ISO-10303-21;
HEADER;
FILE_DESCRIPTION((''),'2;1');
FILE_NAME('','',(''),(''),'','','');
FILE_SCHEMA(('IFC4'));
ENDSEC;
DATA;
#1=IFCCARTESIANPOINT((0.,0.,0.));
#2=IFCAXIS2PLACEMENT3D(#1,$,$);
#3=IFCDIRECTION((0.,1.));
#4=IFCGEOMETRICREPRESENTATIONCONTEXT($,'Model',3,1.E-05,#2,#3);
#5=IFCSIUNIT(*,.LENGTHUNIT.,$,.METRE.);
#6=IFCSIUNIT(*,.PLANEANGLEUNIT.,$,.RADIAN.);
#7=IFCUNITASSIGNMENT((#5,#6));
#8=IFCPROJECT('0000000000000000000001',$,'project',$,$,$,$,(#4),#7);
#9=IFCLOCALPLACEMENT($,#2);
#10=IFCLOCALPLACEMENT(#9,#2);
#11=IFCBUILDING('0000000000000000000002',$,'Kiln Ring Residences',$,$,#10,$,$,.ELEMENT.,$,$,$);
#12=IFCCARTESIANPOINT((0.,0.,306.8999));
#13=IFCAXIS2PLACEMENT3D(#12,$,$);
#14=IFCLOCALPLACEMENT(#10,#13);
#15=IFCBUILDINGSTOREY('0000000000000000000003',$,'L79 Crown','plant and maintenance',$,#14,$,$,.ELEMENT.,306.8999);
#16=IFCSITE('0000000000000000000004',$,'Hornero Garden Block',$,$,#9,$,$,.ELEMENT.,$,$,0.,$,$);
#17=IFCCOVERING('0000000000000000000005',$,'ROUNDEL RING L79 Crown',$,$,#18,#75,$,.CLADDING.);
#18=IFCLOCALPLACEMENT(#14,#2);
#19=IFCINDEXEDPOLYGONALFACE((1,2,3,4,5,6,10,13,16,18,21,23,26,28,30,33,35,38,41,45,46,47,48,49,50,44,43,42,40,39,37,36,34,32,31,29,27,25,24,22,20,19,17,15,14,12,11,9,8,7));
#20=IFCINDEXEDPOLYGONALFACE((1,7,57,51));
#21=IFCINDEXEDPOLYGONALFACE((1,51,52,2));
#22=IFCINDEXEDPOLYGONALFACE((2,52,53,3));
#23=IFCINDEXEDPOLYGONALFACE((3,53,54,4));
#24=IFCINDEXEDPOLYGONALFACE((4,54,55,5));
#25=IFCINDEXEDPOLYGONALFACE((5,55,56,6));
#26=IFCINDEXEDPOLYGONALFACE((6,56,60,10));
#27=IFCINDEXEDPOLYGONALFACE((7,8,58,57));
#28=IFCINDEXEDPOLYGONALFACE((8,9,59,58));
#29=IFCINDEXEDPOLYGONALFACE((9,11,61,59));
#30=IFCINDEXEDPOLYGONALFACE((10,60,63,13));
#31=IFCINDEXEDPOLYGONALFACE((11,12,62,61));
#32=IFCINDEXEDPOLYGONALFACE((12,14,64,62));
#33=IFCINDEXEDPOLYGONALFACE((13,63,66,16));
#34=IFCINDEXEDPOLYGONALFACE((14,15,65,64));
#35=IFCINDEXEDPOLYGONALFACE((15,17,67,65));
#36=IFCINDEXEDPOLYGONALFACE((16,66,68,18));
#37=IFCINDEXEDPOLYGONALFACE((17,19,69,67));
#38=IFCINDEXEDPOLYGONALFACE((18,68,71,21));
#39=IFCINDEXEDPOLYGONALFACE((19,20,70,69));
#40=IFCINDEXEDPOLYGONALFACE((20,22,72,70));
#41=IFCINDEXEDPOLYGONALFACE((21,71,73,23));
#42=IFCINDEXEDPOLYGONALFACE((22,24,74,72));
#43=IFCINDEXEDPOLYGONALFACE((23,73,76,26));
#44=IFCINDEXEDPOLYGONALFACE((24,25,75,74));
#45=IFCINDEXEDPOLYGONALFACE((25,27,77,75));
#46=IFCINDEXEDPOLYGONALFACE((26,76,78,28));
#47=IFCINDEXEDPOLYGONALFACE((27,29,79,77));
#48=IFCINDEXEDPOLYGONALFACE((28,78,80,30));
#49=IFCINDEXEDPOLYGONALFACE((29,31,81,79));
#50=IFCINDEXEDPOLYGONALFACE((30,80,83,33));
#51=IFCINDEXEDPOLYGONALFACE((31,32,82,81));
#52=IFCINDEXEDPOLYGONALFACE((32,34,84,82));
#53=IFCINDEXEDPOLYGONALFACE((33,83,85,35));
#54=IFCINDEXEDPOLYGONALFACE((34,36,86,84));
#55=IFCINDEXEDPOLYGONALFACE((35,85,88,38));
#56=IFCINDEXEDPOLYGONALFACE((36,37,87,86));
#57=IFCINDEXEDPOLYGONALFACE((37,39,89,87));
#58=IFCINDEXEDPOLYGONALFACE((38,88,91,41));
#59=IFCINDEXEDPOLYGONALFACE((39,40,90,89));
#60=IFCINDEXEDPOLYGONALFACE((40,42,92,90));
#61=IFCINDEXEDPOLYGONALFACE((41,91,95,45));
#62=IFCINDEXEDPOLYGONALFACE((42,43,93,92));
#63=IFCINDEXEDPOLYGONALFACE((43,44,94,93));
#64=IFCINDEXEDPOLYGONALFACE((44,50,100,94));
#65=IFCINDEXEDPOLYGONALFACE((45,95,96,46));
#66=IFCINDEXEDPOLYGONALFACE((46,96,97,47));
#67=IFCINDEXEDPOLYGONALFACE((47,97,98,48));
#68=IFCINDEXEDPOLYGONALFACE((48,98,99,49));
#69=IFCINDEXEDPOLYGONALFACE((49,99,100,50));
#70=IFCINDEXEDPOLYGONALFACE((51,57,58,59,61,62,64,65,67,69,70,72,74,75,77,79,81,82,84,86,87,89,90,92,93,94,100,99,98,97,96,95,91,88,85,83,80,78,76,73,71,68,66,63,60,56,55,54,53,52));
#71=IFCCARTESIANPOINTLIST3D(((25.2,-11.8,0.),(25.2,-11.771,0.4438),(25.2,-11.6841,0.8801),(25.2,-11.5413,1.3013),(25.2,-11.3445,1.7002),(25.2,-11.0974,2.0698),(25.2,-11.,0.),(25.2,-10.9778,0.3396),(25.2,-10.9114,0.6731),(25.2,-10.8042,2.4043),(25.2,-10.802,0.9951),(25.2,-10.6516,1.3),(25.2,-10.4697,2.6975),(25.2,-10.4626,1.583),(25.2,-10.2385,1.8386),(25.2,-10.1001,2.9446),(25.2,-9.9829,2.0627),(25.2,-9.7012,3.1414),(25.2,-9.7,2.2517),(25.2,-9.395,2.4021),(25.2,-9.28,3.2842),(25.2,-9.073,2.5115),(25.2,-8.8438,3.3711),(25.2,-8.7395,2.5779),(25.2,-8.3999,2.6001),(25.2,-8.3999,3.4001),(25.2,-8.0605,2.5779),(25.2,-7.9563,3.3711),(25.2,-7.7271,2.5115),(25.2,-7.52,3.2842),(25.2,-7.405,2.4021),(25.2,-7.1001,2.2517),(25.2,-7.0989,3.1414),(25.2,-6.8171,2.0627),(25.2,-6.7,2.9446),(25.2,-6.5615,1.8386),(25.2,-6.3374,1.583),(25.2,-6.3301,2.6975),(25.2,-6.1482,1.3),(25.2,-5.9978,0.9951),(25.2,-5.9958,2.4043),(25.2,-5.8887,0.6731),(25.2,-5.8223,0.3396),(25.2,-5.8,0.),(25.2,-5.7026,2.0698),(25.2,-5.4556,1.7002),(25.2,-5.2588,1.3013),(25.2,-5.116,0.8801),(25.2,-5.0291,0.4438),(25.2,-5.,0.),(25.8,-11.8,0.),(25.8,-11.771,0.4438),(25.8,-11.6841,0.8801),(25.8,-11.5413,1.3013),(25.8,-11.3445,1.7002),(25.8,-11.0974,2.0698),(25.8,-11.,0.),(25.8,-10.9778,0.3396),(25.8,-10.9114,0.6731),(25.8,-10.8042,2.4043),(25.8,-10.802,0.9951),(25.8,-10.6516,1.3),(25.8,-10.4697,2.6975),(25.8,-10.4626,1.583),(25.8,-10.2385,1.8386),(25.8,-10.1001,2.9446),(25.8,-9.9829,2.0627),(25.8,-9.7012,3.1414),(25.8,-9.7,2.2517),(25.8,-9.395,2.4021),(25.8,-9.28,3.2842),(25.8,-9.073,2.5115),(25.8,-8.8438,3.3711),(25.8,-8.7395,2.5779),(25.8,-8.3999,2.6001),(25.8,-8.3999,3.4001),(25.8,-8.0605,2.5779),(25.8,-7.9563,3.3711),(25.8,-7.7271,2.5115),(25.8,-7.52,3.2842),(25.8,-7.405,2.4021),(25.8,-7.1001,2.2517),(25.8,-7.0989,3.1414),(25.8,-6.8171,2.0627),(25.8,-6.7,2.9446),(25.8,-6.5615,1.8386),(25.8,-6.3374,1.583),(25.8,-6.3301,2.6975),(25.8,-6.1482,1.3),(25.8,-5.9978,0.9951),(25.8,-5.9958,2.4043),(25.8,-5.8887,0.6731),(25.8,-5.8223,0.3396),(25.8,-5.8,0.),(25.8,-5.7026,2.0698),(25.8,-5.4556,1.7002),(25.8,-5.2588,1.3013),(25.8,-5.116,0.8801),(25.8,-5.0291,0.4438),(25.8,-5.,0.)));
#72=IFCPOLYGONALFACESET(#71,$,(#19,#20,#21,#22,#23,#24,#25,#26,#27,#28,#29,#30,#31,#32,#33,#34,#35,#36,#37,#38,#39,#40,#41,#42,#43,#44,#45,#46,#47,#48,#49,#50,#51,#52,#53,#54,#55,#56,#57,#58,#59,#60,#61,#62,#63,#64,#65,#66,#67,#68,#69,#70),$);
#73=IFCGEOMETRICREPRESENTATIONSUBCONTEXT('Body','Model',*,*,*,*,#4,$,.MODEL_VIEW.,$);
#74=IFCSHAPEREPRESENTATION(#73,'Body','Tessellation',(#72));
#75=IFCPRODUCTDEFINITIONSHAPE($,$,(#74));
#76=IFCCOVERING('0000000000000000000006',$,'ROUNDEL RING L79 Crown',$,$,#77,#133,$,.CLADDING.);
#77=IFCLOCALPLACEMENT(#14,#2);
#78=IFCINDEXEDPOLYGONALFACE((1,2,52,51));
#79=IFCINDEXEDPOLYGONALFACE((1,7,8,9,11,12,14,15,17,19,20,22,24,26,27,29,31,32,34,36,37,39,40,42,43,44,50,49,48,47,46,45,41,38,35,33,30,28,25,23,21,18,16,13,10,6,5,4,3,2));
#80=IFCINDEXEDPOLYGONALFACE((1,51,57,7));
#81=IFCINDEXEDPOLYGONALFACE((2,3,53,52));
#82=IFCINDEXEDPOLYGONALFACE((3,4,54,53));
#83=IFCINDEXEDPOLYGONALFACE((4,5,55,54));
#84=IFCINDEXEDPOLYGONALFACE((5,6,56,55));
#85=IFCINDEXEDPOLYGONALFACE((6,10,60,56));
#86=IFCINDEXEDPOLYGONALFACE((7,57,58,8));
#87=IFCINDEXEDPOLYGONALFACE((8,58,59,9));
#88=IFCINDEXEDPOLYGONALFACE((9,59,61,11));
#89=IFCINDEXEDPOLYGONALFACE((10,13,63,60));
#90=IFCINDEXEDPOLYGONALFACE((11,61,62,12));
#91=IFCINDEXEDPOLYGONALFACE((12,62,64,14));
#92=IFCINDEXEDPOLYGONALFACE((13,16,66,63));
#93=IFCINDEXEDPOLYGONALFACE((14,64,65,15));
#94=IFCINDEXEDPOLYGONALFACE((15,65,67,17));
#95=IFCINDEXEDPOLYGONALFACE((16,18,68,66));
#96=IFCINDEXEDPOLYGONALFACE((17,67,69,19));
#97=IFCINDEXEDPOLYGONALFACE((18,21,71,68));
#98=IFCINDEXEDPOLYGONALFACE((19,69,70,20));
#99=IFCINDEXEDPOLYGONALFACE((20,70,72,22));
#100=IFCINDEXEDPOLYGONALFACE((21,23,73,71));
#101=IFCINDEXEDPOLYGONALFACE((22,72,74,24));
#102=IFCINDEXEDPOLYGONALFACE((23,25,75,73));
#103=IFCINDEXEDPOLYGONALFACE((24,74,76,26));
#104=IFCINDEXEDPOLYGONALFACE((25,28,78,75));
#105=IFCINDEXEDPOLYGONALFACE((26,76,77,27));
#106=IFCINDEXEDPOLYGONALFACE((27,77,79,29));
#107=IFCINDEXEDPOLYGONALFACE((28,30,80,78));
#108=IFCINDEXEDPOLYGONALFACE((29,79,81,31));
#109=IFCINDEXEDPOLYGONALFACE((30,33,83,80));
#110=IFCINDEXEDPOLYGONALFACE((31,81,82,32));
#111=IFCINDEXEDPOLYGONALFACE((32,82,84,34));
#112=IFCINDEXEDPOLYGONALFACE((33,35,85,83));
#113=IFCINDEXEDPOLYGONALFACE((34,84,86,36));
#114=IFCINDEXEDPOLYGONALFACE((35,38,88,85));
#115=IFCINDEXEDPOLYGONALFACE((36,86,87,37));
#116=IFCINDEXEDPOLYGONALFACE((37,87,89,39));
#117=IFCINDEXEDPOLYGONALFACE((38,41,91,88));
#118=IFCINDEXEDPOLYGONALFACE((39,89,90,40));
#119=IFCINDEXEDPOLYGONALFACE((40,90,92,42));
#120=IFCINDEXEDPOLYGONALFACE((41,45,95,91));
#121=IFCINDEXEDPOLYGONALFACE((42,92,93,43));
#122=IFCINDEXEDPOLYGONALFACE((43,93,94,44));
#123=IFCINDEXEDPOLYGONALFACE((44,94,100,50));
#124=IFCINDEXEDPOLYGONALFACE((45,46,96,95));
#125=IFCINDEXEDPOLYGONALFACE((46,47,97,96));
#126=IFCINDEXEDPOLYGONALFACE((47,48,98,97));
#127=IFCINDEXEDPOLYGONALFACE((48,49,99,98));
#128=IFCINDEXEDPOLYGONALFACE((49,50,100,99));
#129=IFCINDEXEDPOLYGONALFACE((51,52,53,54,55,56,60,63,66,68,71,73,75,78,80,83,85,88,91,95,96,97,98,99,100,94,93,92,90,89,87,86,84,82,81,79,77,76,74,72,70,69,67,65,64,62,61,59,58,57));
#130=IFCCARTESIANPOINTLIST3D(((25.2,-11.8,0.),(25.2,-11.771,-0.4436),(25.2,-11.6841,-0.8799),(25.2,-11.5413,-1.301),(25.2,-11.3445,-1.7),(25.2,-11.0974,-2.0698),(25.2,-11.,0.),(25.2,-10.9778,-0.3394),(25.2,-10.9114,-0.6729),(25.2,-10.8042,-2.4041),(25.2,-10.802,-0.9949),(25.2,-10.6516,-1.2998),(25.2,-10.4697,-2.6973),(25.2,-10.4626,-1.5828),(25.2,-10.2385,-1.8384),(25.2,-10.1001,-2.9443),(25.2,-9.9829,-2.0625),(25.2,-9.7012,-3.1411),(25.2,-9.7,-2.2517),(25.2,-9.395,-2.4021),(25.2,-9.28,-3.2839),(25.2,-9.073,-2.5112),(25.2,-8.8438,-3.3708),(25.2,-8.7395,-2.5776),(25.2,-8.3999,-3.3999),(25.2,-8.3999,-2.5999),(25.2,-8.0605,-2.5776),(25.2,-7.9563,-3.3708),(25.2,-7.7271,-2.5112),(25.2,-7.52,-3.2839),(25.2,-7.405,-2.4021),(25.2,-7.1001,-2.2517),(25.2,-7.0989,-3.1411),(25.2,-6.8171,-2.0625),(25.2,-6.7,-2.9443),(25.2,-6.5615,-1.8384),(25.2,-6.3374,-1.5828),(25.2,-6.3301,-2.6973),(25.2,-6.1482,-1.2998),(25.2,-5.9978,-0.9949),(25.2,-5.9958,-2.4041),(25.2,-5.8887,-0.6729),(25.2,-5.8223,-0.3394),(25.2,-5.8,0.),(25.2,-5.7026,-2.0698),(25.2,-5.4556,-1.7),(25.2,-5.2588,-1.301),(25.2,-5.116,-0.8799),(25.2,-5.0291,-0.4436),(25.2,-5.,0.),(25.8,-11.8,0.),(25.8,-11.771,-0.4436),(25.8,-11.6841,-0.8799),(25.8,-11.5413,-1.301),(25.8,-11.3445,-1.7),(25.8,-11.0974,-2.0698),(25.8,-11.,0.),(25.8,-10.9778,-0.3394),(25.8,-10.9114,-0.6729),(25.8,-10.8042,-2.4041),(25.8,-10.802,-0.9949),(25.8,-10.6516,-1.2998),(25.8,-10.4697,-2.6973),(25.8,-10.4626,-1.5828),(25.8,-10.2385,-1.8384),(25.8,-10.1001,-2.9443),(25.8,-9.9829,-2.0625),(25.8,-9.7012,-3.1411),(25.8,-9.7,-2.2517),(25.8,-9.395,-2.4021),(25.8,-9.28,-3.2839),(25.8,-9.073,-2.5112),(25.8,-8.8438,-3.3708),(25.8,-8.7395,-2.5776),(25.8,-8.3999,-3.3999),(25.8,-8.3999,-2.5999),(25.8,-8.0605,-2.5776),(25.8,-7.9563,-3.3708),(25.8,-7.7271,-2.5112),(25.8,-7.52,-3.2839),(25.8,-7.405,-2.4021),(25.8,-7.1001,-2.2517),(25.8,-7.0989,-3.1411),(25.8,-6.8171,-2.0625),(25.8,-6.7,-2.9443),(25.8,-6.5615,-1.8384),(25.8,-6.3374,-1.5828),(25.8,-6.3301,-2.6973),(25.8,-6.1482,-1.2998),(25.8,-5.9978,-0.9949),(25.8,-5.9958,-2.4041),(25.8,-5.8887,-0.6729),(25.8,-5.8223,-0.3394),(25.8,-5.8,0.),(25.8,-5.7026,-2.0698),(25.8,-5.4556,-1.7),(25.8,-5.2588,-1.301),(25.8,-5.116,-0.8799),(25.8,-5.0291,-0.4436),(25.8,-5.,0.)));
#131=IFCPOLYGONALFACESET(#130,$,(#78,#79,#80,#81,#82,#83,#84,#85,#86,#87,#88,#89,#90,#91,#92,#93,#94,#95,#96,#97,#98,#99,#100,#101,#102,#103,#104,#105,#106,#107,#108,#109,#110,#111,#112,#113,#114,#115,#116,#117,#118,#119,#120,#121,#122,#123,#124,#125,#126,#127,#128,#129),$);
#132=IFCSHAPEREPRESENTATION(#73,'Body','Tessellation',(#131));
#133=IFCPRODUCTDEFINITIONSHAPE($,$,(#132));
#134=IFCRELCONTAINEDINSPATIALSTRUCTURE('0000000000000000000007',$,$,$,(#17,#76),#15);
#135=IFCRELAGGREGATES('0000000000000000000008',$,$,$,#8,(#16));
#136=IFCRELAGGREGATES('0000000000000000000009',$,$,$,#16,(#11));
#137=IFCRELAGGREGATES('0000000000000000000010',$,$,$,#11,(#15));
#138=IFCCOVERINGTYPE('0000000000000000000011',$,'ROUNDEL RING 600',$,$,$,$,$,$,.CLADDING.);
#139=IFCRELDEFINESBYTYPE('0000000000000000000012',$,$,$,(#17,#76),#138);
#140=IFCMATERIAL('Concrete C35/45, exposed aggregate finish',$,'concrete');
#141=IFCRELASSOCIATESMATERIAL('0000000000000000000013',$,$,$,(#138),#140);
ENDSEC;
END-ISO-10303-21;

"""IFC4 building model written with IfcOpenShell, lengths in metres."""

from ifc_helpers import new_model, si_unit, direction, frame, origin, place, context, subcontext, project, spatial, polyline, outline, extrude, material, type_object, element, save


model = new_model("IFC4")

# Units and contexts
model_context = context("Model", 3, precision=1e-05, world=origin(), true_north=direction((0.0, 1.0)))
body_context = subcontext(model_context, "Body", "Model", "MODEL_VIEW")
ifc_project = project(units=[si_unit("LENGTHUNIT", "METRE"), si_unit("PLANEANGLEUNIT", "RADIAN")], contexts=[model_context])

# Site, building, storey
site_placement = place(None, origin())
site = spatial("IfcSite", under=ifc_project, at=site_placement, Name="Hornero Garden Block", CompositionType="ELEMENT", RefElevation=0.0)
building_placement = place(site_placement, origin())
building = spatial("IfcBuilding", under=site, at=building_placement, Name="Kiln Ring Residences", CompositionType="ELEMENT")
storey_placement = place(building_placement, frame((0.0, 0.0, 306.8999)))
storey = spatial("IfcBuildingStorey", under=building, at=storey_placement, Name="L79 Crown", Description="plant and maintenance", CompositionType="ELEMENT", Elevation=306.8999)

# Coverings
ifc_material_1 = material(Name="Concrete C35/45, exposed aggregate finish", Category="concrete")
covering_type_1 = type_object("IfcCoveringType", Name="ROUNDEL RING 600", PredefinedType="CLADDING", material=ifc_material_1)
covering_1_placement = place(storey_placement, frame((25.5, -5.0, 0.0), z_axis=(0.0, 0.0, 1.0), x_axis=(0.0, -1.0, 0.0)))
element("IfcCovering", 1, at=covering_1_placement, inside=storey, type_object=covering_type_1, Name="ROUNDEL RING L79 Crown", PredefinedType="CLADDING", context=body_context, shape_type="SweptSolid", body=[
    extrude(outline(polyline([(0.0, 0.0), (0.0291, 0.4438), (0.116, 0.8801), (0.2588, 1.3013), (0.4556, 1.7002), (0.7026, 2.0698), (0.9958, 2.4043), (1.3301, 2.6975), (1.7, 2.9446), (2.0989, 3.1414), (2.52, 3.2842), (2.9563, 3.3711), (3.3999, 3.4001), (3.8438, 3.3711), (4.28, 3.2842), (4.7012, 3.1414), (5.1001, 2.9446), (5.4697, 2.6975), (5.8042, 2.4043), (6.0974, 2.0698), (6.3445, 1.7002), (6.5413, 1.3013), (6.6841, 0.8801), (6.771, 0.4438), (6.8, 0.0), (6.0, 0.0), (5.9778, 0.3396), (5.9114, 0.6731), (5.802, 0.9951), (5.6516, 1.3), (5.4626, 1.583), (5.2385, 1.8386), (4.9829, 2.0627), (4.7, 2.2517), (4.395, 2.4021), (4.073, 2.5115), (3.7395, 2.5779), (3.3999, 2.6001), (3.0605, 2.5779), (2.7271, 2.5115), (2.405, 2.4021), (2.1001, 2.2517), (1.8171, 2.0627), (1.5615, 1.8386), (1.3374, 1.583), (1.1482, 1.3), (0.9978, 0.9951), (0.8887, 0.6731), (0.8223, 0.3396), (0.8, 0.0), (0.0, 0.0)])), frame((0.0, 0.3, 0.0), z_axis=(0.0, -1.0, 0.0), x_axis=(1.0, 0.0, 0.0)), (0.0, 0.0, 1.0), 0.6001),
])
covering_2_placement = place(storey_placement, frame((25.5, -5.0, -3.3999), z_axis=(0.0, 0.0, 1.0), x_axis=(0.0, -1.0, 0.0)))
element("IfcCovering", 2, at=covering_2_placement, inside=storey, type_object=covering_type_1, Name="ROUNDEL RING L79 Crown", PredefinedType="CLADDING", context=body_context, shape_type="SweptSolid", body=[
    extrude(outline(polyline([(6.8, 3.3999), (6.771, 2.9563), (6.6841, 2.52), (6.5413, 2.0989), (6.3445, 1.7), (6.0974, 1.3301), (5.8042, 0.9958), (5.4697, 0.7026), (5.1001, 0.4556), (4.7012, 0.2588), (4.28, 0.116), (3.8438, 0.0291), (3.3999, 0.0), (2.9563, 0.0291), (2.52, 0.116), (2.0989, 0.2588), (1.7, 0.4556), (1.3301, 0.7026), (0.9958, 0.9958), (0.7026, 1.3301), (0.4556, 1.7), (0.2588, 2.0989), (0.116, 2.52), (0.0291, 2.9563), (0.0, 3.3999), (0.8, 3.3999), (0.8223, 3.0605), (0.8887, 2.7271), (0.9978, 2.405), (1.1482, 2.1001), (1.3374, 1.8171), (1.5615, 1.5615), (1.8171, 1.3374), (2.1001, 1.1482), (2.405, 0.9978), (2.7271, 0.8887), (3.0605, 0.8223), (3.3999, 0.8), (3.7395, 0.8223), (4.073, 0.8887), (4.395, 0.9978), (4.7, 1.1482), (4.9829, 1.3374), (5.2385, 1.5615), (5.4626, 1.8171), (5.6516, 2.1001), (5.802, 2.405), (5.9114, 2.7271), (5.9778, 3.0605), (6.0, 3.3999), (6.8, 3.3999)])), frame((0.0, 0.3, 0.0), z_axis=(0.0, -1.0, 0.0), x_axis=(1.0, 0.0, 0.0)), (0.0, 0.0, 1.0), 0.6001),
])

save(model, "model.ifc")
